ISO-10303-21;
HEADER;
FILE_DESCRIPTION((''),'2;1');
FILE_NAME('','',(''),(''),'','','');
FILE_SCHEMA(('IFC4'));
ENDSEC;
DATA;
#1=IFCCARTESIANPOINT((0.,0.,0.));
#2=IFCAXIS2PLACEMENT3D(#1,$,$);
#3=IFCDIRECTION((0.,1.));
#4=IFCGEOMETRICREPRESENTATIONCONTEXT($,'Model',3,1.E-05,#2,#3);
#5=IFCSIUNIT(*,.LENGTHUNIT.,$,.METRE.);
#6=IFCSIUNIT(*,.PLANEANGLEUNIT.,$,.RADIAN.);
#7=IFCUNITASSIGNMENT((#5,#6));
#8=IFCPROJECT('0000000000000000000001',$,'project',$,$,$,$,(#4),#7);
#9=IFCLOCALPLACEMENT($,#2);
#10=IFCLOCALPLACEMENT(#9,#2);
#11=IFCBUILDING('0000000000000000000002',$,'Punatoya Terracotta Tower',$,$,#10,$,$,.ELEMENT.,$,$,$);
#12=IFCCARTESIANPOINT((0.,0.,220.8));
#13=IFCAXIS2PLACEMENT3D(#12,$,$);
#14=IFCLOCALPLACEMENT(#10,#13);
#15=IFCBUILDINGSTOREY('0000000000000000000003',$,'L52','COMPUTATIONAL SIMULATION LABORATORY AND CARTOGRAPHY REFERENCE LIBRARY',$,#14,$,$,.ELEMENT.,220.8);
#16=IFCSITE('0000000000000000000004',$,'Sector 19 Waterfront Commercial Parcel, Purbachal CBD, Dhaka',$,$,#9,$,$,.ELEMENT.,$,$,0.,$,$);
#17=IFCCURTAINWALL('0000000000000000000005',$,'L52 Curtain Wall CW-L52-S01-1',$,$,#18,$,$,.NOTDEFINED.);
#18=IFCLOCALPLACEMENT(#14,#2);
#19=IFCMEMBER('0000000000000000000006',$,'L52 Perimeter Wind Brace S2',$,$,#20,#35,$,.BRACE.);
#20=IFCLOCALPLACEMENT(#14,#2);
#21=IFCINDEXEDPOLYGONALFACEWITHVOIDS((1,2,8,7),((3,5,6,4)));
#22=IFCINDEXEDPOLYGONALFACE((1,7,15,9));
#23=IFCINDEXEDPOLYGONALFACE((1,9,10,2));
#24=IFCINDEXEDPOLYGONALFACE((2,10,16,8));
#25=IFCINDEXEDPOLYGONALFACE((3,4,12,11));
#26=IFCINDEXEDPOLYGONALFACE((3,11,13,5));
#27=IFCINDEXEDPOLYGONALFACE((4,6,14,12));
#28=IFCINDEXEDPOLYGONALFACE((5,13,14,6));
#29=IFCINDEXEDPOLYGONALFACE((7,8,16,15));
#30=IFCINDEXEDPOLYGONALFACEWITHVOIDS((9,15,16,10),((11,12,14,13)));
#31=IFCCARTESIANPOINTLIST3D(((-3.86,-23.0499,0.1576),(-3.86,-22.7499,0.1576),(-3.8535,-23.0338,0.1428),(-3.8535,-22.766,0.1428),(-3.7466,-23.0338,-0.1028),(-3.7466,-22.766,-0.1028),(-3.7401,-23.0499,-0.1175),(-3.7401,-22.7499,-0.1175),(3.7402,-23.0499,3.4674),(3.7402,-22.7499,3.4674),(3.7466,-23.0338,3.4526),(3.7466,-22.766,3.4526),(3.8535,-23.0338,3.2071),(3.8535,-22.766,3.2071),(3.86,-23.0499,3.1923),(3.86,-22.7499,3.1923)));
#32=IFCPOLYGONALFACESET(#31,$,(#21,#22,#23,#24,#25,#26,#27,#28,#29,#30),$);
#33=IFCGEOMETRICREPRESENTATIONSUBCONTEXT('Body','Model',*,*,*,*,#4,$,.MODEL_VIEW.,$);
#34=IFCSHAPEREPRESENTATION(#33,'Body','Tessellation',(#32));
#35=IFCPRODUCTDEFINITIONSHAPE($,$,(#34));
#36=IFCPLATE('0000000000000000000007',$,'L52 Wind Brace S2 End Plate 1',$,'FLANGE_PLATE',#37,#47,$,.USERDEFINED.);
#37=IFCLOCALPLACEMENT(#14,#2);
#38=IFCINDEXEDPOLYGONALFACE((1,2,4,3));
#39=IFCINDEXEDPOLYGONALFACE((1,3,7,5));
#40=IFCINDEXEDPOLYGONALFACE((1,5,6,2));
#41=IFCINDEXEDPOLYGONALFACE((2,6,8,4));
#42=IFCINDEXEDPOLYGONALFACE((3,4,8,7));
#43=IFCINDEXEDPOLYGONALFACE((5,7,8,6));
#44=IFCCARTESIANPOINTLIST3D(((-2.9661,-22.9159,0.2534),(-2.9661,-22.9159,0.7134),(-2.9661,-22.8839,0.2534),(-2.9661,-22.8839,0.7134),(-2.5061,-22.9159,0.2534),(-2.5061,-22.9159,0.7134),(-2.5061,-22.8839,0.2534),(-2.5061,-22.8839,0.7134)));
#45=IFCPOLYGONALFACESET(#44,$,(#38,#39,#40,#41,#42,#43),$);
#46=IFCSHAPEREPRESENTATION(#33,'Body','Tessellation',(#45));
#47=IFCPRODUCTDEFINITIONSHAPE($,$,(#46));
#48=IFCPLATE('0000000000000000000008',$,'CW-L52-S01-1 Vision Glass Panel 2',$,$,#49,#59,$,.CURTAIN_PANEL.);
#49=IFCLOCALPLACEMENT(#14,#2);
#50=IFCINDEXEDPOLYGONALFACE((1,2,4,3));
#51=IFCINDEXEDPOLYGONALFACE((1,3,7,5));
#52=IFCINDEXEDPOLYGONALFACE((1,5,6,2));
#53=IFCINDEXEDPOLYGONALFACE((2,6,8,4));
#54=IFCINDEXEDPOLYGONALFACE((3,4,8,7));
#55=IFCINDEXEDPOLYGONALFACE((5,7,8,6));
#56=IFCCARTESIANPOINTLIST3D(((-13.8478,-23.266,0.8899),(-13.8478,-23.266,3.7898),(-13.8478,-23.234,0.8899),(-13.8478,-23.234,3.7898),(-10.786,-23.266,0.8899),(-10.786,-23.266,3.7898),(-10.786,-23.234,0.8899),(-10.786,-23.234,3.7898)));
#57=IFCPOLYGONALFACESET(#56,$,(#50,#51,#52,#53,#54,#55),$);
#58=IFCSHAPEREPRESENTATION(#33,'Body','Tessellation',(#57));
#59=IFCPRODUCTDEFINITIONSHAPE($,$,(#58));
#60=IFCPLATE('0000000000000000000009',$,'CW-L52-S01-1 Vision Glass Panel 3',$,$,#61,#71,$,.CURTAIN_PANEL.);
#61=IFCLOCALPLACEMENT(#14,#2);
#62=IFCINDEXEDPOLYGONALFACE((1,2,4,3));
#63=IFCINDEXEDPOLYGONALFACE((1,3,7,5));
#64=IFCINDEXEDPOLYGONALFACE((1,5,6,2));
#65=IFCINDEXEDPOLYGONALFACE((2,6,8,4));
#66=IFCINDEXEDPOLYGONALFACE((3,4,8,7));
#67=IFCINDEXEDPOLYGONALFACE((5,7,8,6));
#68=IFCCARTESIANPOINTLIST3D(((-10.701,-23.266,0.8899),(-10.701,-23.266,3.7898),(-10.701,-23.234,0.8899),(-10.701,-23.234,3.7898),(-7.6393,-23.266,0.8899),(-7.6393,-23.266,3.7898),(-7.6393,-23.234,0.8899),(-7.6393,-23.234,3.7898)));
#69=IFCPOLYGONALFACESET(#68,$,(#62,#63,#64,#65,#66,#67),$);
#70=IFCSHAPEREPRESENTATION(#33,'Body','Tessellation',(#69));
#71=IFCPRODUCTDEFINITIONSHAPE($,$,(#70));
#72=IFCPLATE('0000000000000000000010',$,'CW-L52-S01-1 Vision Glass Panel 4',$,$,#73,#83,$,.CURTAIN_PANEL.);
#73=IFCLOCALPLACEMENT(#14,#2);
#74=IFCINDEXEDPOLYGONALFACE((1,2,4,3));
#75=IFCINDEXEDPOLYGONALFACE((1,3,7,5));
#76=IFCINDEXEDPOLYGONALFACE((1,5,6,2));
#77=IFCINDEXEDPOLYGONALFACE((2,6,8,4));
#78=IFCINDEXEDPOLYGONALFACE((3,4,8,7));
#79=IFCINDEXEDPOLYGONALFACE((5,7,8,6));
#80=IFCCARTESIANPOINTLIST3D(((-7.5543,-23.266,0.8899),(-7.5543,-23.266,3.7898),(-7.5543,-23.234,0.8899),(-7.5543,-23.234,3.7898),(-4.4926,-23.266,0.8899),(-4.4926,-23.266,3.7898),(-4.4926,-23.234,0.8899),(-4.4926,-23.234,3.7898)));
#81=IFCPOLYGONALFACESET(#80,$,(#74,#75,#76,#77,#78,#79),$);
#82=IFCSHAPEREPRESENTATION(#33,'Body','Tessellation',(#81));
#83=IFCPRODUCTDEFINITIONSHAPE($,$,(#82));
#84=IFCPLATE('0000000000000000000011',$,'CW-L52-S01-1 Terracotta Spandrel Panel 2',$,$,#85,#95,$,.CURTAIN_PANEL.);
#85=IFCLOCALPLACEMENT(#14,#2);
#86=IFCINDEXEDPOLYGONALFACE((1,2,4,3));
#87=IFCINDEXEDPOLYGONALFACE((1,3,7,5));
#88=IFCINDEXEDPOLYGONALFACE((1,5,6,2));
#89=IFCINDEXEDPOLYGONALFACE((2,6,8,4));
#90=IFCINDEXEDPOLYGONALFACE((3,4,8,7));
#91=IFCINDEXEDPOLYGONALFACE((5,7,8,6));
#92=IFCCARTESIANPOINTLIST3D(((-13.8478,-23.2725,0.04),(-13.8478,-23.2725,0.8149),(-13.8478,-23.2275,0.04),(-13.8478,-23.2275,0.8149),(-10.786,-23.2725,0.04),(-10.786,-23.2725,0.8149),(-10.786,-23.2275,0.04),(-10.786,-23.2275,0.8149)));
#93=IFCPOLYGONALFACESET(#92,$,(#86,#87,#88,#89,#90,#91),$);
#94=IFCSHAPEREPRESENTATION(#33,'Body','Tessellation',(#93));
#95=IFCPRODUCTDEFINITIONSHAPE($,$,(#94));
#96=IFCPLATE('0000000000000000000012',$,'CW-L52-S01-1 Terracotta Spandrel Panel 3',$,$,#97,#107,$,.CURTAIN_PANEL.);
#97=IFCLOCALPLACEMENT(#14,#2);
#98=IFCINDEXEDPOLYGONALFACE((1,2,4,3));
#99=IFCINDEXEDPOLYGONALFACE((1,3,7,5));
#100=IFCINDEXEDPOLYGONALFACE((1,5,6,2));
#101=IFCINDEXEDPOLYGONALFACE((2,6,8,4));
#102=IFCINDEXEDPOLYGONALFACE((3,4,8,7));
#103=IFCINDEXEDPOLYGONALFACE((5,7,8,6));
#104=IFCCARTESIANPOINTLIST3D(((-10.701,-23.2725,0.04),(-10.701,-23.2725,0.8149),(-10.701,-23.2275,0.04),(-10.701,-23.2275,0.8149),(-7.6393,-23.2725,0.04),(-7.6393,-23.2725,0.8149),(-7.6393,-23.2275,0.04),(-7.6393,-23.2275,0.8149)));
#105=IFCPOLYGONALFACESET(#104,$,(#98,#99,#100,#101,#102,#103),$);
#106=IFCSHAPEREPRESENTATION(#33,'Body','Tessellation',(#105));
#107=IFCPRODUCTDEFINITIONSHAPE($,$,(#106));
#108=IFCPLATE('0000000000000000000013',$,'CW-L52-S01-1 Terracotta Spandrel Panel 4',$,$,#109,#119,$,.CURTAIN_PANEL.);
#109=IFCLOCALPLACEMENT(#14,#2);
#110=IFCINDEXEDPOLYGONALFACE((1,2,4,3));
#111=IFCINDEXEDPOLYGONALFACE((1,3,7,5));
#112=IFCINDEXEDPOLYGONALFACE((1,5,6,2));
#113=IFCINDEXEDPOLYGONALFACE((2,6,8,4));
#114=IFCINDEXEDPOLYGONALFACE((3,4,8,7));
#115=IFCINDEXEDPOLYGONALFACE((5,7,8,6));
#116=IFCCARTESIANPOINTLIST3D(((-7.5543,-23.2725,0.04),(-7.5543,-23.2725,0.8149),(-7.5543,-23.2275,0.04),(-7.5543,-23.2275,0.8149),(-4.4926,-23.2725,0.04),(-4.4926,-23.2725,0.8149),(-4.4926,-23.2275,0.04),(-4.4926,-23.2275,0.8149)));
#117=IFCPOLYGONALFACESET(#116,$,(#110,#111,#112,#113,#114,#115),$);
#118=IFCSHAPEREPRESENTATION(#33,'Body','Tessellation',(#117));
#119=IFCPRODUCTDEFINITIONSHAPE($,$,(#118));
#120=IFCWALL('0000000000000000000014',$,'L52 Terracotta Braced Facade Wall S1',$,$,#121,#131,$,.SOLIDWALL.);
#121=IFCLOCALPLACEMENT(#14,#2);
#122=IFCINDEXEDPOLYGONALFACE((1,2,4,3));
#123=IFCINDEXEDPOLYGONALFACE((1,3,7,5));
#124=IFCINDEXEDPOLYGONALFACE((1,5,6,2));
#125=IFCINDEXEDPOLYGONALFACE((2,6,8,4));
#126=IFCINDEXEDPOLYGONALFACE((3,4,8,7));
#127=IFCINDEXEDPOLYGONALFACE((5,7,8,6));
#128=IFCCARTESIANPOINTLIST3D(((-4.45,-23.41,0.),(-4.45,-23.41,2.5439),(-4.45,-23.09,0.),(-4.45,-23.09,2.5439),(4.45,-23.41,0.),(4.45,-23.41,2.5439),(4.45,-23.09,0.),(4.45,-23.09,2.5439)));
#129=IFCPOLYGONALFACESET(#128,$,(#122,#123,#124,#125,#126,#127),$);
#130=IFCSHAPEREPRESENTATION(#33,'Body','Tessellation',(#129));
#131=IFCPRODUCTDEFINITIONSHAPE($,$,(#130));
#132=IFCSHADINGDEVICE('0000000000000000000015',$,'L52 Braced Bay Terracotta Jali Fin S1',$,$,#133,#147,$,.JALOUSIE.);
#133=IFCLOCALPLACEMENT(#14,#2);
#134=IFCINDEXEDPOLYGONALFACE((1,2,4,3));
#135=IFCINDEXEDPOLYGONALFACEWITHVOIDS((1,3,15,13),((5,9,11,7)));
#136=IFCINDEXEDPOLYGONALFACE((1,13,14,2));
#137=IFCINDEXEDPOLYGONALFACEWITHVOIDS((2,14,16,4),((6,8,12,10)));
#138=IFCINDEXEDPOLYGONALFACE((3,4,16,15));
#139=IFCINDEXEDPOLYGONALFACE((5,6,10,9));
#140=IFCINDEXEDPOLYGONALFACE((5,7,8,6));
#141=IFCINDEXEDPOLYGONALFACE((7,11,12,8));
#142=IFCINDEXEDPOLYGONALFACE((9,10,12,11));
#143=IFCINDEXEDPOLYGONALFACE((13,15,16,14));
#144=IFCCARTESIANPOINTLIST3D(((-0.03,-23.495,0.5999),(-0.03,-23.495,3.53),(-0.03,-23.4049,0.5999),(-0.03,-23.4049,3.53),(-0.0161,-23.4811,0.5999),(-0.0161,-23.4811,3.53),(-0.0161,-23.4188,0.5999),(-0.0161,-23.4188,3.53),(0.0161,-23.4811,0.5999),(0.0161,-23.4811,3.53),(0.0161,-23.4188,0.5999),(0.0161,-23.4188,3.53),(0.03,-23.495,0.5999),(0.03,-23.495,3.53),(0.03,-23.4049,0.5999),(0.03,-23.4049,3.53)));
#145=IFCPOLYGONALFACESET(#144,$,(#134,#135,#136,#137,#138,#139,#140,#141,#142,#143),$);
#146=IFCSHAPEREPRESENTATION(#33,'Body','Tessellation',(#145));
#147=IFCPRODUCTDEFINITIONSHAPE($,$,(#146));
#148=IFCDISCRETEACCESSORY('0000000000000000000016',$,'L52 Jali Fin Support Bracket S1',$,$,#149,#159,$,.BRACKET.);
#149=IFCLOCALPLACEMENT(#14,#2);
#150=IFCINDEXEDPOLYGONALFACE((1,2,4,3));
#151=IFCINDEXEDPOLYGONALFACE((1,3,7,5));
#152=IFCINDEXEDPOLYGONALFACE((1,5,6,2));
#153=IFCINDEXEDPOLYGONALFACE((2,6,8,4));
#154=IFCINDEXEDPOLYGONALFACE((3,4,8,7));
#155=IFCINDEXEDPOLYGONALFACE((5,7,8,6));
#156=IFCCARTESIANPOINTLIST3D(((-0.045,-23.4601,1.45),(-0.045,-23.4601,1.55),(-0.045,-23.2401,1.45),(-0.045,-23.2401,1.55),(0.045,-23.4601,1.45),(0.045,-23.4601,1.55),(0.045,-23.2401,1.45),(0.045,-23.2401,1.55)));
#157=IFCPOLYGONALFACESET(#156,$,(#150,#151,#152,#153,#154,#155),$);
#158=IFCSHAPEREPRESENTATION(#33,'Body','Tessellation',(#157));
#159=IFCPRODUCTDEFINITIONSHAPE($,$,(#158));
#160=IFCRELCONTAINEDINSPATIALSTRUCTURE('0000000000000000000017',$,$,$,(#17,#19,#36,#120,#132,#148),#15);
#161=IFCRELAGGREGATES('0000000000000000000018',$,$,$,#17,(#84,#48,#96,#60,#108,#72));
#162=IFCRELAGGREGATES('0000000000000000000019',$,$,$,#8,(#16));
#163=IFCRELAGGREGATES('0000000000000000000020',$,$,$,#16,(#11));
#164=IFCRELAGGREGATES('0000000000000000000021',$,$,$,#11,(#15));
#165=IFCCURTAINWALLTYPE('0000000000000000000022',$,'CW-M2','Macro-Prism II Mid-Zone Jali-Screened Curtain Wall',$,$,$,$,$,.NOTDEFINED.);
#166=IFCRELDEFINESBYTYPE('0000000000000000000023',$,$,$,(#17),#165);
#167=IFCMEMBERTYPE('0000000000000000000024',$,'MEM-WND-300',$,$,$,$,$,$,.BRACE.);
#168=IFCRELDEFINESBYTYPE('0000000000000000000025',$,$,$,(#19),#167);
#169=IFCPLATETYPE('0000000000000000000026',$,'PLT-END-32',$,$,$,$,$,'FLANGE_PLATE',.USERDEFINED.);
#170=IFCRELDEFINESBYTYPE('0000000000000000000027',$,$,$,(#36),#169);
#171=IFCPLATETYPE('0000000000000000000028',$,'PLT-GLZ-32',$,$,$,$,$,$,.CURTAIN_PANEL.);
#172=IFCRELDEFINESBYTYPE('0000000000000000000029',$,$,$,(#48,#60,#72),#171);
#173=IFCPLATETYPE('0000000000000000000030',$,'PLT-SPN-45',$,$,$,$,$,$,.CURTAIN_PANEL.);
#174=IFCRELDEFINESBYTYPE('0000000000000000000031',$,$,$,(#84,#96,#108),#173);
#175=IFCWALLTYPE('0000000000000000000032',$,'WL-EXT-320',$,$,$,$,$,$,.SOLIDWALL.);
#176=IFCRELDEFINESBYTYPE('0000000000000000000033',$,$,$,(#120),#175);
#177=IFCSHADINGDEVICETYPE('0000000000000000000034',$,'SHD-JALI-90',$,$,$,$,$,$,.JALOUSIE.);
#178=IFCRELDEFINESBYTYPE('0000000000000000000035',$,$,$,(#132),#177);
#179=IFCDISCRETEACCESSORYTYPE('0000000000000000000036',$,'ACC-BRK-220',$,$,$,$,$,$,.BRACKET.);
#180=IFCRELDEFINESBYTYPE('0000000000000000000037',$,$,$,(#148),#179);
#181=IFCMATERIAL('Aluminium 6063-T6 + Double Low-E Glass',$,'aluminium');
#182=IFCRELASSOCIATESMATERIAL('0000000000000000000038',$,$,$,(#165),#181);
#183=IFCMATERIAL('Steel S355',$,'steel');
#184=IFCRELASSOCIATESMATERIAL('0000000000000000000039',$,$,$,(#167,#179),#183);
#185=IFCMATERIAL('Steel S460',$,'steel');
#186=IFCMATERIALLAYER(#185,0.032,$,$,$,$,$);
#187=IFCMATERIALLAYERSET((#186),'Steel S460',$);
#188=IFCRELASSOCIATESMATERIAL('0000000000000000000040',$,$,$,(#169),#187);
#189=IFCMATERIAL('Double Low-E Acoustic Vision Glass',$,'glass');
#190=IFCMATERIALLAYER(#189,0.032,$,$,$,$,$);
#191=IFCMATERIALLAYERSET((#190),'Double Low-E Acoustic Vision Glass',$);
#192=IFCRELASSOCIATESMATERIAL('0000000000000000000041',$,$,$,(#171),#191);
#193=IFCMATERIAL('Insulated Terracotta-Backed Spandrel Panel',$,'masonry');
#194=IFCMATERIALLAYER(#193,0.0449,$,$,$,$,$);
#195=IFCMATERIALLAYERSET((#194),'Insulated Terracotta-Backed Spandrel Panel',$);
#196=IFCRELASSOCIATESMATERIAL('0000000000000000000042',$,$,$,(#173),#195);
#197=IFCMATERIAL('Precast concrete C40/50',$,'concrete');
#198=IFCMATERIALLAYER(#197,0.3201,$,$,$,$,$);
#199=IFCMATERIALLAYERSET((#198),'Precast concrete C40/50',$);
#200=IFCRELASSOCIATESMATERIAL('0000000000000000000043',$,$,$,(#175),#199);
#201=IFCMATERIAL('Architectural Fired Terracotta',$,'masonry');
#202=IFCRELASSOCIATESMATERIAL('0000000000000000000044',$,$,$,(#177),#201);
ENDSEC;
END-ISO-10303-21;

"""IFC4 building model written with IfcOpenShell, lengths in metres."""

from ifc_helpers import new_model, si_unit, direction, frame, frame_2d, origin, origin_2d, place, context, subcontext, project, spatial, rectangle, hollow_rectangle, extrude, material, layer, layer_set, material_profile, profile_set, type_object, element, aggregate, save


model = new_model("IFC4")

# Units and contexts
model_context = context("Model", 3, precision=1e-05, world=origin(), true_north=direction((0.0, 1.0)))
body_context = subcontext(model_context, "Body", "Model", "MODEL_VIEW")
ifc_project = project(units=[si_unit("LENGTHUNIT", "METRE"), si_unit("PLANEANGLEUNIT", "RADIAN")], contexts=[model_context])

# Site, building, storey
site_placement = place(None, origin())
site = spatial("IfcSite", under=ifc_project, at=site_placement, Name="Sector 19 Waterfront Commercial Parcel, Purbachal CBD, Dhaka", CompositionType="ELEMENT", RefElevation=0.0)
building_placement = place(site_placement, origin())
building = spatial("IfcBuilding", under=site, at=building_placement, Name="Punatoya Terracotta Tower", CompositionType="ELEMENT")
storey_placement = place(building_placement, frame((0.0, 0.0, 220.8)))
storey = spatial("IfcBuildingStorey", under=building, at=storey_placement, Name="L52", Description="COMPUTATIONAL SIMULATION LABORATORY AND CARTOGRAPHY REFERENCE LIBRARY", CompositionType="ELEMENT", Elevation=220.8)

# Shared definitions
ifc_material_1 = material(Name="Steel S460", Category="steel")

# Curtain wall
ifc_material_2 = material(Name="Aluminium 6063-T6 + Double Low-E Glass", Category="aluminium")
curtain_wall_type = type_object("IfcCurtainWallType", Name="CW-M2", Description="Macro-Prism II Mid-Zone Jali-Screened Curtain Wall", PredefinedType="NOTDEFINED", material=ifc_material_2)
curtain_wall_placement = place(storey_placement, origin())
curtain_wall = element("IfcCurtainWall", 1, at=curtain_wall_placement, inside=storey, type_object=curtain_wall_type, Name="L52 Curtain Wall CW-L52-S01-1", PredefinedType="NOTDEFINED")

# Member
ifc_material_3 = material(Name="Steel S355", Category="steel")
ifc_material_profile_1 = material_profile(ifc_material_3, hollow_rectangle(XDim=0.3, YDim=0.3, WallThickness=0.0161, at=origin_2d()))
ifc_profile_set_1 = profile_set([ifc_material_profile_1], Name="Steel S355")
member_type_1 = type_object("IfcMemberType", Name="MEM-WND-300", PredefinedType="BRACE", material=ifc_profile_set_1)
member_1_placement = place(storey_placement, frame((-3.8, -22.8999, 0.02), z_axis=(0.916831, 0.0, 0.399276), x_axis=(0.0, 1.0, 0.0)))
element("IfcMember", 2, at=member_1_placement, inside=storey, type_object=member_type_1, Name="L52 Perimeter Wind Brace S2", PredefinedType="BRACE", context=body_context, shape_type="SweptSolid", body=[
    extrude(hollow_rectangle(XDim=0.3, YDim=0.3, WallThickness=0.0161, at=origin_2d()), origin(), (0.0, 0.0, 1.0), 8.2896),
])

# Plates
ifc_layer_1 = layer(ifc_material_1, 0.032)
ifc_layer_set_1 = layer_set([ifc_layer_1], Name="Steel S460")
plate_type_1 = type_object("IfcPlateType", Name="PLT-END-32", ElementType="FLANGE_PLATE", PredefinedType="USERDEFINED", material=ifc_layer_set_1)
plate_1_placement = place(storey_placement, frame((-2.7361, -22.8999, 0.2534), z_axis=(0.0, 0.0, 1.0), x_axis=(1.0, 0.0, 0.0)))
element("IfcPlate", 3, at=plate_1_placement, inside=storey, type_object=plate_type_1, Name="L52 Wind Brace S2 End Plate 1", ObjectType="FLANGE_PLATE", PredefinedType="USERDEFINED", context=body_context, shape_type="SweptSolid", body=[
    extrude(rectangle(XDim=0.46, YDim=0.032, at=origin_2d()), origin(), (0.0, 0.0, 1.0), 0.46),
])
ifc_material_4 = material(Name="Double Low-E Acoustic Vision Glass", Category="glass")
ifc_layer_2 = layer(ifc_material_4, 0.032)
ifc_layer_set_2 = layer_set([ifc_layer_2], Name="Double Low-E Acoustic Vision Glass")
plate_type_2 = type_object("IfcPlateType", Name="PLT-GLZ-32", PredefinedType="CURTAIN_PANEL", material=ifc_layer_set_2)
plate_2_placement = place(storey_placement, frame((-12.3169, -23.25, 0.8899), z_axis=(0.0, 0.0, 1.0), x_axis=(1.0, 0.0, 0.0)))
plate_2 = element("IfcPlate", 4, at=plate_2_placement, type_object=plate_type_2, Name="CW-L52-S01-1 Vision Glass Panel 2", PredefinedType="CURTAIN_PANEL", context=body_context, shape_type="SweptSolid", body=[
    extrude(rectangle(XDim=3.0618, YDim=0.032, at=origin_2d()), origin(), (0.0, 0.0, 1.0), 2.8999),
])
plate_3_placement = place(storey_placement, frame((-9.1702, -23.25, 0.8899), z_axis=(0.0, 0.0, 1.0), x_axis=(1.0, 0.0, 0.0)))
plate_3 = element("IfcPlate", 5, at=plate_3_placement, type_object=plate_type_2, Name="CW-L52-S01-1 Vision Glass Panel 3", PredefinedType="CURTAIN_PANEL", context=body_context, shape_type="SweptSolid", body=[
    extrude(rectangle(XDim=3.0618, YDim=0.032, at=origin_2d()), origin(), (0.0, 0.0, 1.0), 2.8999),
])
plate_4_placement = place(storey_placement, frame((-6.0234, -23.25, 0.8899), z_axis=(0.0, 0.0, 1.0), x_axis=(1.0, 0.0, 0.0)))
plate_4 = element("IfcPlate", 6, at=plate_4_placement, type_object=plate_type_2, Name="CW-L52-S01-1 Vision Glass Panel 4", PredefinedType="CURTAIN_PANEL", context=body_context, shape_type="SweptSolid", body=[
    extrude(rectangle(XDim=3.0618, YDim=0.032, at=origin_2d()), origin(), (0.0, 0.0, 1.0), 2.8999),
])
ifc_material_5 = material(Name="Insulated Terracotta-Backed Spandrel Panel", Category="masonry")
ifc_layer_3 = layer(ifc_material_5, 0.0449)
ifc_layer_set_3 = layer_set([ifc_layer_3], Name="Insulated Terracotta-Backed Spandrel Panel")
plate_type_3 = type_object("IfcPlateType", Name="PLT-SPN-45", PredefinedType="CURTAIN_PANEL", material=ifc_layer_set_3)
plate_5_placement = place(storey_placement, frame((-12.3169, -23.25, 0.04), z_axis=(0.0, 0.0, 1.0), x_axis=(1.0, 0.0, 0.0)))
plate_5 = element("IfcPlate", 7, at=plate_5_placement, type_object=plate_type_3, Name="CW-L52-S01-1 Terracotta Spandrel Panel 2", PredefinedType="CURTAIN_PANEL", context=body_context, shape_type="SweptSolid", body=[
    extrude(rectangle(XDim=3.0618, YDim=0.0449, at=origin_2d()), origin(), (0.0, 0.0, 1.0), 0.7749),
])
plate_6_placement = place(storey_placement, frame((-9.1702, -23.25, 0.04), z_axis=(0.0, 0.0, 1.0), x_axis=(1.0, 0.0, 0.0)))
plate_6 = element("IfcPlate", 8, at=plate_6_placement, type_object=plate_type_3, Name="CW-L52-S01-1 Terracotta Spandrel Panel 3", PredefinedType="CURTAIN_PANEL", context=body_context, shape_type="SweptSolid", body=[
    extrude(rectangle(XDim=3.0618, YDim=0.0449, at=origin_2d()), origin(), (0.0, 0.0, 1.0), 0.7749),
])
plate_7_placement = place(storey_placement, frame((-6.0234, -23.25, 0.04), z_axis=(0.0, 0.0, 1.0), x_axis=(1.0, 0.0, 0.0)))
plate_7 = element("IfcPlate", 9, at=plate_7_placement, type_object=plate_type_3, Name="CW-L52-S01-1 Terracotta Spandrel Panel 4", PredefinedType="CURTAIN_PANEL", context=body_context, shape_type="SweptSolid", body=[
    extrude(rectangle(XDim=3.0618, YDim=0.0449, at=origin_2d()), origin(), (0.0, 0.0, 1.0), 0.7749),
])
aggregate(curtain_wall, [plate_5, plate_2, plate_6, plate_3, plate_7, plate_4])

# Wall
ifc_material_6 = material(Name="Precast concrete C40/50", Category="concrete")
ifc_layer_4 = layer(ifc_material_6, 0.3201)
ifc_layer_set_4 = layer_set([ifc_layer_4], Name="Precast concrete C40/50")
wall_type = type_object("IfcWallType", Name="WL-EXT-320", PredefinedType="SOLIDWALL", material=ifc_layer_set_4)
wall_placement = place(storey_placement, frame((-4.45, -23.25, 0.0), z_axis=(0.0, 0.0, 1.0), x_axis=(1.0, 0.0, 0.0)))
element("IfcWall", 10, at=wall_placement, inside=storey, type_object=wall_type, Name="L52 Terracotta Braced Facade Wall S1", PredefinedType="SOLIDWALL", context=body_context, shape_type="SweptSolid", body=[
    extrude(rectangle(XDim=8.8999, YDim=0.3201, at=frame_2d((4.45, 0.0))), origin(), (0.0, 0.0, 1.0), 2.5439),
])

# Shading device
ifc_material_7 = material(Name="Architectural Fired Terracotta", Category="masonry")
ifc_material_profile_2 = material_profile(ifc_material_7, hollow_rectangle(XDim=0.0601, YDim=0.0901, WallThickness=0.0139, at=origin_2d()))
ifc_profile_set_2 = profile_set([ifc_material_profile_2], Name="Architectural Fired Terracotta")
shading_device_type = type_object("IfcShadingDeviceType", Name="SHD-JALI-90", PredefinedType="JALOUSIE", material=ifc_profile_set_2)
shading_device_placement = place(storey_placement, frame((0.0, -23.45, 0.5999), z_axis=(0.0, 0.0, 1.0), x_axis=(1.0, 0.0, 0.0)))
element("IfcShadingDevice", 11, at=shading_device_placement, inside=storey, type_object=shading_device_type, Name="L52 Braced Bay Terracotta Jali Fin S1", PredefinedType="JALOUSIE", context=body_context, shape_type="SweptSolid", body=[
    extrude(hollow_rectangle(XDim=0.0601, YDim=0.0901, WallThickness=0.0139, at=origin_2d()), origin(), (0.0, 0.0, 1.0), 2.9302),
])

# Discrete accessory
discrete_accessory_type = type_object("IfcDiscreteAccessoryType", Name="ACC-BRK-220", PredefinedType="BRACKET", material=ifc_material_3)
discrete_accessory_placement = place(storey_placement, frame((0.0, -23.3501, 1.45), z_axis=(0.0, 0.0, 1.0), x_axis=(1.0, 0.0, 0.0)))
element("IfcDiscreteAccessory", 12, at=discrete_accessory_placement, inside=storey, type_object=discrete_accessory_type, Name="L52 Jali Fin Support Bracket S1", PredefinedType="BRACKET", context=body_context, shape_type="SweptSolid", body=[
    extrude(rectangle(XDim=0.0901, YDim=0.22, at=origin_2d()), origin(), (0.0, 0.0, 1.0), 0.1001),
])

save(model, "model.ifc")
